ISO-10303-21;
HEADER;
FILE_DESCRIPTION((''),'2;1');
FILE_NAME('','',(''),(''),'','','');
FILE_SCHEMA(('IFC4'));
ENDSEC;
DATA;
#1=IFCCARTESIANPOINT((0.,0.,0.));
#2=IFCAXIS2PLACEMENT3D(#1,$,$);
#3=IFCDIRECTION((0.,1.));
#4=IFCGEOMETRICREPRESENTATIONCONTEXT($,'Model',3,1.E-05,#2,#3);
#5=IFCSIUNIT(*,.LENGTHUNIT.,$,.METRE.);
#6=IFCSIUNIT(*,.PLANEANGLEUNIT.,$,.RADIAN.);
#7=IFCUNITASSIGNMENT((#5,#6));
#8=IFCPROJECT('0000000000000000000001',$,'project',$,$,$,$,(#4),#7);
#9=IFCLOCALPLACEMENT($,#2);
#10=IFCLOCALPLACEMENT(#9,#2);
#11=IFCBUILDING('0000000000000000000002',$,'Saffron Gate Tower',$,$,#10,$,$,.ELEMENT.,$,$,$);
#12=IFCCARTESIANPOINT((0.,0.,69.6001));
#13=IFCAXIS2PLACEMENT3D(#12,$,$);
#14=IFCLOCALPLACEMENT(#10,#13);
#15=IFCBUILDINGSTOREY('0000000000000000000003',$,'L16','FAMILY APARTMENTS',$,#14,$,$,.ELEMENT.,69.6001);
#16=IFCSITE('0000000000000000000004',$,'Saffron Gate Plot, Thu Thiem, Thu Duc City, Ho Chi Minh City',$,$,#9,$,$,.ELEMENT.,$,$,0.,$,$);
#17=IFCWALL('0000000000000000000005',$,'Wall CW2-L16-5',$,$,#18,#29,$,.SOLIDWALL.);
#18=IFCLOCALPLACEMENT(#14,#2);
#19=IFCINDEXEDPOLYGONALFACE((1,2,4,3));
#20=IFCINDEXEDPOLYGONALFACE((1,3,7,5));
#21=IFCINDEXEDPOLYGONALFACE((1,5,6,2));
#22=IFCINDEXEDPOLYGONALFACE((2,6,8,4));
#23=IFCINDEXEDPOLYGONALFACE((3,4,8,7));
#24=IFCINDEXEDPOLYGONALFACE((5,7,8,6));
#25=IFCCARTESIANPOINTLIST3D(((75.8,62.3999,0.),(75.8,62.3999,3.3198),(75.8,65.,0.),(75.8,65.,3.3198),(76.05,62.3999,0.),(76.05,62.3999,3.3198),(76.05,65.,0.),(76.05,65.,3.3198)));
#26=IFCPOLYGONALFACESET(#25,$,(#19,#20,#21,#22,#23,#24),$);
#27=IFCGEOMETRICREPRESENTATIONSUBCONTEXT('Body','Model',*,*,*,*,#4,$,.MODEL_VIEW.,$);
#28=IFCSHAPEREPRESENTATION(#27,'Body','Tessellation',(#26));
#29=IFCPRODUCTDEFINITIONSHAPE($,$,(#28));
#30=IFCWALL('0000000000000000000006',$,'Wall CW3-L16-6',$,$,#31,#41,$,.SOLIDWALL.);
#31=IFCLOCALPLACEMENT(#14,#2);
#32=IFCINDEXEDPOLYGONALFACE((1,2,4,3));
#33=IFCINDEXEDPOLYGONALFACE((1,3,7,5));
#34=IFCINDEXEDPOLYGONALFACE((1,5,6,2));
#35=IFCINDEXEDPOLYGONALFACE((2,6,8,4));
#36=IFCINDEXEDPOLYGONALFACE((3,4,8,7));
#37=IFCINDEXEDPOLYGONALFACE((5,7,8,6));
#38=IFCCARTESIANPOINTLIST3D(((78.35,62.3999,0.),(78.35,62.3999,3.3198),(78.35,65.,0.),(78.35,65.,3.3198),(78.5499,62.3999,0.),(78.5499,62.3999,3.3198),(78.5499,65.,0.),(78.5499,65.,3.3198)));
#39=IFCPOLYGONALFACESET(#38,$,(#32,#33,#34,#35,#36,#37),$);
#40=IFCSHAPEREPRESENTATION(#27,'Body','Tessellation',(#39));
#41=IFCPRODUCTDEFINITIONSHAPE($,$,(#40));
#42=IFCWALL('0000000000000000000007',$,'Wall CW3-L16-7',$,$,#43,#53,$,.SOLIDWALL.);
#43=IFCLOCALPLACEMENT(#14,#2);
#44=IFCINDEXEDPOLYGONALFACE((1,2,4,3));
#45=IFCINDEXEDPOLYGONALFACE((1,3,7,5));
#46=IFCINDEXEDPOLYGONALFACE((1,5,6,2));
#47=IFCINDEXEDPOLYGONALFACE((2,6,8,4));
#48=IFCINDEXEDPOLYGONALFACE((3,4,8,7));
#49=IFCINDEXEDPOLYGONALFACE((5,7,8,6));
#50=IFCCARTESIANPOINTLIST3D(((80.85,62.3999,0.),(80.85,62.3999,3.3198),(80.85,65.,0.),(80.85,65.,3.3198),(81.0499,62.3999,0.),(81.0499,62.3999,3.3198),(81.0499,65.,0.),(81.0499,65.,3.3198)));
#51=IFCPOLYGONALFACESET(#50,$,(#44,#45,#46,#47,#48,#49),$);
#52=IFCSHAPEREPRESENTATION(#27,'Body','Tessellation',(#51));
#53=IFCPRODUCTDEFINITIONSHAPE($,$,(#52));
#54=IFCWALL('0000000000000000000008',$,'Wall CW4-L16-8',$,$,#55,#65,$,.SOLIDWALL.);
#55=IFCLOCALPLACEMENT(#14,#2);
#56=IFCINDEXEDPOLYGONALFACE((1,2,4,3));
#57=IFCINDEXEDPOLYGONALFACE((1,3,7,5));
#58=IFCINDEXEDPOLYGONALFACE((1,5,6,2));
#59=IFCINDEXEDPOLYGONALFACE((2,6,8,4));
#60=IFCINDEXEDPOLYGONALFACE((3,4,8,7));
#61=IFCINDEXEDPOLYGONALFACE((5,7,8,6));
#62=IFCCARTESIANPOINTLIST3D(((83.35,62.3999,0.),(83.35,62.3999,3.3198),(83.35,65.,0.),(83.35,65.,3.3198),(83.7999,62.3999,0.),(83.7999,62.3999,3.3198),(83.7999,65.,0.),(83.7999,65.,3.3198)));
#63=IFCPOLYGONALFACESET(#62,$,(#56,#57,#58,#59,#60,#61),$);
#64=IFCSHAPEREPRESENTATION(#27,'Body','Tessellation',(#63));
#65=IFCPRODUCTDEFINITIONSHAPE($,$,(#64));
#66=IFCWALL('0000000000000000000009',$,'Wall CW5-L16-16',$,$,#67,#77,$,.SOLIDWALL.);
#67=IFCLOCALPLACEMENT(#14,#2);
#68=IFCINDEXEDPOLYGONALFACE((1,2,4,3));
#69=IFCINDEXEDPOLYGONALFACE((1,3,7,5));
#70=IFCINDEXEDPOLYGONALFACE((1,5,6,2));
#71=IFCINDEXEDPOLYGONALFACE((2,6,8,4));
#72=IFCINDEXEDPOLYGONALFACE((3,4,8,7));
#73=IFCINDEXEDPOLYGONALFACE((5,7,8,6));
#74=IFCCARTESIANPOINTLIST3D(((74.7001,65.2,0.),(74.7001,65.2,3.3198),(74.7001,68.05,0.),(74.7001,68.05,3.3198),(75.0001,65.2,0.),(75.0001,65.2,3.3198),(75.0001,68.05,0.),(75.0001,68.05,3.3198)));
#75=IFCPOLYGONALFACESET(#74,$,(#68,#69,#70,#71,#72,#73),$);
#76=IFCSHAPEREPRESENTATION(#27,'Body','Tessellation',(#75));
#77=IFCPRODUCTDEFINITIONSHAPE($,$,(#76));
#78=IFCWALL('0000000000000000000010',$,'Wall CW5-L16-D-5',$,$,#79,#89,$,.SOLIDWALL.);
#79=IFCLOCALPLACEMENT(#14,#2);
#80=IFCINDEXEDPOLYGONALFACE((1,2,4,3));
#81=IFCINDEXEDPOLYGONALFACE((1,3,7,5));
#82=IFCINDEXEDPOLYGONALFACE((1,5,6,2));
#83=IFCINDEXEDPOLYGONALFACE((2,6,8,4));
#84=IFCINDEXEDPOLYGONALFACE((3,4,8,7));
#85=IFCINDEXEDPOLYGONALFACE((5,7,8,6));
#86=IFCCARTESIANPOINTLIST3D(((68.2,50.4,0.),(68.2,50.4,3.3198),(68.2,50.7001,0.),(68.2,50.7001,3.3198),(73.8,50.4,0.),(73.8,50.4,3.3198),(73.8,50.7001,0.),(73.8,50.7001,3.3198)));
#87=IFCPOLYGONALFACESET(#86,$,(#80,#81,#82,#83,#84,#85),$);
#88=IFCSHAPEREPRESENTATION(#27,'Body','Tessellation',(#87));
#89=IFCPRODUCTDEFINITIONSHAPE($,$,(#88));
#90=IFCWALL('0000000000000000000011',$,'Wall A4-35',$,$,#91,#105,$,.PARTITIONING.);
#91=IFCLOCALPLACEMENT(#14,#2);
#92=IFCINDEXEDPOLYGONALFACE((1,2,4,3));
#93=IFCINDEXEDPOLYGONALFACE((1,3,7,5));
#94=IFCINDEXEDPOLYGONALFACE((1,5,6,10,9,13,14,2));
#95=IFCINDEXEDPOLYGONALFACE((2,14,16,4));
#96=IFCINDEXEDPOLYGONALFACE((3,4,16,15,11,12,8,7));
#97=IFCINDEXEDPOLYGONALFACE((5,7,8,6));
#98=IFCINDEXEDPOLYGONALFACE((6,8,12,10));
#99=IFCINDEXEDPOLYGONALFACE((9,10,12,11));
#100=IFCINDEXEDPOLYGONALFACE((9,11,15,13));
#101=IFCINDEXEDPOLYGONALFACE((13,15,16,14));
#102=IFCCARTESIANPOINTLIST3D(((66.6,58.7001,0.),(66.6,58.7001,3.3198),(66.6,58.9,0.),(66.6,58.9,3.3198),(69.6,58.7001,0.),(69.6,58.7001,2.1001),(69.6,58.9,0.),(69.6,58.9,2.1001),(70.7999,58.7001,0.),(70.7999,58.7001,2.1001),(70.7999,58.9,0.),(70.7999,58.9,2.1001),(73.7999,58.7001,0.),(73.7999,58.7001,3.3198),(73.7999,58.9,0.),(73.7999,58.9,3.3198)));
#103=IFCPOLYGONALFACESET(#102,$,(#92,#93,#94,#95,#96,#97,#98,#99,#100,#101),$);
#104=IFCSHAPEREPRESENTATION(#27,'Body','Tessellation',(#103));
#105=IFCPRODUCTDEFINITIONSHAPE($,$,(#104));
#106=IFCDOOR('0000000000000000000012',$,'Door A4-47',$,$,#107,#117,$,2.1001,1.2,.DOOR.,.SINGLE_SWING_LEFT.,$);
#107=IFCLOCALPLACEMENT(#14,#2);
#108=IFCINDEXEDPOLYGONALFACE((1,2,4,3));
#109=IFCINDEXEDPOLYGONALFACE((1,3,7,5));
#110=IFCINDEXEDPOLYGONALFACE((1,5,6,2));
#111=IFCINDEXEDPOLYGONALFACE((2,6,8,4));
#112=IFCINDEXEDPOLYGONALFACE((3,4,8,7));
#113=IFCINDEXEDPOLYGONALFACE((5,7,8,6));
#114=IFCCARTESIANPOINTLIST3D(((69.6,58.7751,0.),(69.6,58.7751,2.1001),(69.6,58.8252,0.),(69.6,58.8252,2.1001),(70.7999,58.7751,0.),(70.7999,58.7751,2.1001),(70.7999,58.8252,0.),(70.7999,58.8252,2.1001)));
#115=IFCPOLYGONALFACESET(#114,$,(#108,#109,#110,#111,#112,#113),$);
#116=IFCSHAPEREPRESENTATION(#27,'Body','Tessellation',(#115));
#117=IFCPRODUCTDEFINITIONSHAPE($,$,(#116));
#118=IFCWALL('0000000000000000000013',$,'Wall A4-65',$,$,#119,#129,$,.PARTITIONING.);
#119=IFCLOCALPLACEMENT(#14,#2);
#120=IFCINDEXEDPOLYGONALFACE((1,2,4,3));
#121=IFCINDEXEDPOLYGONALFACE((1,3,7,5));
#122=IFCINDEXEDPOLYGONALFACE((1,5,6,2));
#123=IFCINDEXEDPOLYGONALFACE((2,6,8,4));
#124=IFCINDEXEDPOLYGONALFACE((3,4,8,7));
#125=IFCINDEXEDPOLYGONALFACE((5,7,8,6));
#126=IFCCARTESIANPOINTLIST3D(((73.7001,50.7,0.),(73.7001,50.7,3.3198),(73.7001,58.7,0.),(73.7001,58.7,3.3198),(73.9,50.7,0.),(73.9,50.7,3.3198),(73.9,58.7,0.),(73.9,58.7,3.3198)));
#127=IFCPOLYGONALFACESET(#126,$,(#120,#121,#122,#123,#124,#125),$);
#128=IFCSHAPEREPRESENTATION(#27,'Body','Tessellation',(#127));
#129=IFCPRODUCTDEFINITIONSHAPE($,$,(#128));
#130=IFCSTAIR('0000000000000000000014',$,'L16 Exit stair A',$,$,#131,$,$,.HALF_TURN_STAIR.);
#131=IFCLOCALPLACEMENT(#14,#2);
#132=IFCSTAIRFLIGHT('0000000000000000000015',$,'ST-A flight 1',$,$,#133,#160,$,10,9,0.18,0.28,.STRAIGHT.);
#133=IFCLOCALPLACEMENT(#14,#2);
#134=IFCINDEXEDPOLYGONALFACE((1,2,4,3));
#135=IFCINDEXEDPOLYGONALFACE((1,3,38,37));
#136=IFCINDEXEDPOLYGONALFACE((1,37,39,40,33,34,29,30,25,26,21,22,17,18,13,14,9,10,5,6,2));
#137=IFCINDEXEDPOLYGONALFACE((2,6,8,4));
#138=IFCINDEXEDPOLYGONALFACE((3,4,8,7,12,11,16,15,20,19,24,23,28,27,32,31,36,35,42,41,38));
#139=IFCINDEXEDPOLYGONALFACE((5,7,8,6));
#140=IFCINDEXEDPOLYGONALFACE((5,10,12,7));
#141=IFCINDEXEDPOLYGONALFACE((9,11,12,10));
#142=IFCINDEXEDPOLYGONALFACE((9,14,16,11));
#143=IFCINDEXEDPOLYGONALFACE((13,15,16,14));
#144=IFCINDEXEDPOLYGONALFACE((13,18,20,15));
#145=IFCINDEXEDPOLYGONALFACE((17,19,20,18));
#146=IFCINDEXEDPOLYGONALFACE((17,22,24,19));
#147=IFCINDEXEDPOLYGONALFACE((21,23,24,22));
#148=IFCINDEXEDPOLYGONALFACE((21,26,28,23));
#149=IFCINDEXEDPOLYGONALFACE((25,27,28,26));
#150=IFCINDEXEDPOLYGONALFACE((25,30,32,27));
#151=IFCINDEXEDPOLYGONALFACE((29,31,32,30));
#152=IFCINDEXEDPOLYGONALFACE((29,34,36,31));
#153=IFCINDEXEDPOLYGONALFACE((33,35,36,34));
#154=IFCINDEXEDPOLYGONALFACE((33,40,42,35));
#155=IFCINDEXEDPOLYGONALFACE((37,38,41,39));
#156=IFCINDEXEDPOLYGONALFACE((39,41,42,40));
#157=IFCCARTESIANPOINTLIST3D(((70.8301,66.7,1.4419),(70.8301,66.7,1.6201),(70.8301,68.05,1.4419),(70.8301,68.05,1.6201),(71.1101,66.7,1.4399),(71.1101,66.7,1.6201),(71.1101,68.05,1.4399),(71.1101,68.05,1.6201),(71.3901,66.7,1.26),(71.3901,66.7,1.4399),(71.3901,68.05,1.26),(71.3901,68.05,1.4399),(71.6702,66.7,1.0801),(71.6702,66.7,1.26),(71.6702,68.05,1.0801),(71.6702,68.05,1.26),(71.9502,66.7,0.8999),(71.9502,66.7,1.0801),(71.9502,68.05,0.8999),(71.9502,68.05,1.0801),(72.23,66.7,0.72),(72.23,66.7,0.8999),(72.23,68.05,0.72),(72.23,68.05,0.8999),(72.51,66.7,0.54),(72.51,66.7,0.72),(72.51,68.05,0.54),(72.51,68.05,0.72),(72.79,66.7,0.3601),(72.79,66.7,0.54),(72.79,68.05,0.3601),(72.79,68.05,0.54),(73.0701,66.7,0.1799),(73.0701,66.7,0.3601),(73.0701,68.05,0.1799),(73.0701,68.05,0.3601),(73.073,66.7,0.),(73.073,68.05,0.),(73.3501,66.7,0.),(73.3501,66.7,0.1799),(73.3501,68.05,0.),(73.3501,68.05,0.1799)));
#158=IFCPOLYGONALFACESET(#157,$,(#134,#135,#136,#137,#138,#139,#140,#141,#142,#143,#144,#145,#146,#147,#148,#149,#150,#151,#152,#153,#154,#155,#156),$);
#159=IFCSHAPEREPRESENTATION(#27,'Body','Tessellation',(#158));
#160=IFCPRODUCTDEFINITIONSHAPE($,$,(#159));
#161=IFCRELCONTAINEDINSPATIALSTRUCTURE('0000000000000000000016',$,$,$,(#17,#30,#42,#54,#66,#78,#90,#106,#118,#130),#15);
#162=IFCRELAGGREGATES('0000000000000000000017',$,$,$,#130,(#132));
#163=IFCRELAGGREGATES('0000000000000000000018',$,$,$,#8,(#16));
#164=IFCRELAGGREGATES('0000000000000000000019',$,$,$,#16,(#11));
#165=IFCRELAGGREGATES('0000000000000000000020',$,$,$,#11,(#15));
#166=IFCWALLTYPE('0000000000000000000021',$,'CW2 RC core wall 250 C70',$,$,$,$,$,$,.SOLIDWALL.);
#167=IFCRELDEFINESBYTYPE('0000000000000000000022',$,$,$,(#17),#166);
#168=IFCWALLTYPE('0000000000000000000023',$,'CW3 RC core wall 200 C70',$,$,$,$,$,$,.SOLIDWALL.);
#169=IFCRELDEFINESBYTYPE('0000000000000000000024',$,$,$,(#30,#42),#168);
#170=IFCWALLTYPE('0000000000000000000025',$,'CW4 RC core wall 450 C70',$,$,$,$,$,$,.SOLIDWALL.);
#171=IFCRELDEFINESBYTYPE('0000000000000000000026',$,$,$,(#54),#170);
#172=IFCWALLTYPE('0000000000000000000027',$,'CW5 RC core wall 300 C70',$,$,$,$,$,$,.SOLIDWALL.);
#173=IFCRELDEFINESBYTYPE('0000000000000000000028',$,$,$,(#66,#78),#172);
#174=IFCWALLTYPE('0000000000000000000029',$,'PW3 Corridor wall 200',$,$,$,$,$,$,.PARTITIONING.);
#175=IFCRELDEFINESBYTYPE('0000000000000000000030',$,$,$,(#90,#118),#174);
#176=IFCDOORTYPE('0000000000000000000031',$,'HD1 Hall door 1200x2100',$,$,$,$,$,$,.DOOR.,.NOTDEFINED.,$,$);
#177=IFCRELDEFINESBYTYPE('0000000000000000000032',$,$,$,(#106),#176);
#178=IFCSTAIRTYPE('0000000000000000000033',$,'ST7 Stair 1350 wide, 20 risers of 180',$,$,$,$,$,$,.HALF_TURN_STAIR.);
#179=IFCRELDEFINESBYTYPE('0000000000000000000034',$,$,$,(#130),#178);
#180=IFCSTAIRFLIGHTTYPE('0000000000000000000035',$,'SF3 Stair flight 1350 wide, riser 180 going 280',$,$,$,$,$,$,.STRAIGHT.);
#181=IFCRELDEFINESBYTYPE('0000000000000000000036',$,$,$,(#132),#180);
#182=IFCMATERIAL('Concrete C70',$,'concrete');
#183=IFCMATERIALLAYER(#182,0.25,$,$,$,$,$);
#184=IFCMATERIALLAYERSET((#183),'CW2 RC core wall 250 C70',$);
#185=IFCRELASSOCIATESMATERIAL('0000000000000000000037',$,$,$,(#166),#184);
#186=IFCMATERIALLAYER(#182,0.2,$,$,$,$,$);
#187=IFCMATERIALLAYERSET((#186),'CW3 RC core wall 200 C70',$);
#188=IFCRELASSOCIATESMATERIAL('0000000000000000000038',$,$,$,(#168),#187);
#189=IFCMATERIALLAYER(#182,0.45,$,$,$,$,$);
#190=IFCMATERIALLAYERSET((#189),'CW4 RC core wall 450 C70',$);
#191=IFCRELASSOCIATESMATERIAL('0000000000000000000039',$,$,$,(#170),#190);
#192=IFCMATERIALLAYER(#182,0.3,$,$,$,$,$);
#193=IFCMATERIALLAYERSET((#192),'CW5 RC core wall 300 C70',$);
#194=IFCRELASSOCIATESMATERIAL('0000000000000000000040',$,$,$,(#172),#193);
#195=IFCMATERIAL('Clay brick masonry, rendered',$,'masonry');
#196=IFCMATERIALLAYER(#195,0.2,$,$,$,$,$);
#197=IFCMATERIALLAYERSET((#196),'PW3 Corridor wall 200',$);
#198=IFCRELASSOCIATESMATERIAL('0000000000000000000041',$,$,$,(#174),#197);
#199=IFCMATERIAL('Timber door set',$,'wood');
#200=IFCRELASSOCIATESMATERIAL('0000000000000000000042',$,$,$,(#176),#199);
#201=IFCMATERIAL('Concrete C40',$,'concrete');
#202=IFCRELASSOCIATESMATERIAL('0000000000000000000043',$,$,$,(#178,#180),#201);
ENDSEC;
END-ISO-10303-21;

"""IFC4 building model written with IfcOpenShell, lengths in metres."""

from ifc_helpers import new_model, si_unit, direction, frame, frame_2d, origin, place, context, subcontext, project, spatial, polyline, rectangle, outline, extrude, material, layer, layer_set, type_object, element, fill, aggregate, save


model = new_model("IFC4")

# Units and contexts
model_context = context("Model", 3, precision=1e-05, world=origin(), true_north=direction((0.0, 1.0)))
body_context = subcontext(model_context, "Body", "Model", "MODEL_VIEW")
ifc_project = project(units=[si_unit("LENGTHUNIT", "METRE"), si_unit("PLANEANGLEUNIT", "RADIAN")], contexts=[model_context])

# Site, building, storey
site_placement = place(None, origin())
site = spatial("IfcSite", under=ifc_project, at=site_placement, Name="Saffron Gate Plot, Thu Thiem, Thu Duc City, Ho Chi Minh City", CompositionType="ELEMENT", RefElevation=0.0)
building_placement = place(site_placement, origin())
building = spatial("IfcBuilding", under=site, at=building_placement, Name="Saffron Gate Tower", CompositionType="ELEMENT")
storey_placement = place(building_placement, frame((0.0, 0.0, 69.6001)))
storey = spatial("IfcBuildingStorey", under=building, at=storey_placement, Name="L16", Description="FAMILY APARTMENTS", CompositionType="ELEMENT", Elevation=69.6001)

# Walls
ifc_material_1 = material(Name="Concrete C70", Category="concrete")
ifc_layer_1 = layer(ifc_material_1, 0.25)
ifc_layer_set_1 = layer_set([ifc_layer_1], Name="CW2 RC core wall 250 C70")
wall_type_1 = type_object("IfcWallType", Name="CW2 RC core wall 250 C70", PredefinedType="SOLIDWALL", material=ifc_layer_set_1)
wall_1_placement = place(storey_placement, frame((75.925, 62.3999, 0.0), z_axis=(0.0, 0.0, 1.0), x_axis=(0.0, 1.0, 0.0)))
element("IfcWall", 1, at=wall_1_placement, inside=storey, type_object=wall_type_1, Name="Wall CW2-L16-5", PredefinedType="SOLIDWALL", context=body_context, shape_type="SweptSolid", body=[
    extrude(rectangle(XDim=2.6001, YDim=0.25, at=frame_2d((1.3, 0.0))), origin(), (0.0, 0.0, 1.0), 3.3198),
])
ifc_layer_2 = layer(ifc_material_1, 0.2)
ifc_layer_set_2 = layer_set([ifc_layer_2], Name="CW3 RC core wall 200 C70")
wall_type_2 = type_object("IfcWallType", Name="CW3 RC core wall 200 C70", PredefinedType="SOLIDWALL", material=ifc_layer_set_2)
for number, where, z_axis, x_axis, name in (
    (2, (78.45, 62.3999, 0.0), (0.0, 0.0, 1.0), (0.0, 1.0, 0.0), "Wall CW3-L16-6"),
    (3, (80.95, 62.3999, 0.0), (0.0, 0.0, 1.0), (0.0, 1.0, 0.0), "Wall CW3-L16-7"),
):
    element("IfcWall", number, at=place(storey_placement, frame(where, z_axis=z_axis, x_axis=x_axis)), inside=storey, type_object=wall_type_2, Name=name, PredefinedType="SOLIDWALL", context=body_context, shape_type="SweptSolid", body=[
        extrude(rectangle(XDim=2.6001, YDim=0.2, at=frame_2d((1.3, 0.0))), origin(), (0.0, 0.0, 1.0), 3.3198),
    ])
ifc_layer_3 = layer(ifc_material_1, 0.45)
ifc_layer_set_3 = layer_set([ifc_layer_3], Name="CW4 RC core wall 450 C70")
wall_type_3 = type_object("IfcWallType", Name="CW4 RC core wall 450 C70", PredefinedType="SOLIDWALL", material=ifc_layer_set_3)
wall_2_placement = place(storey_placement, frame((83.575, 62.3999, 0.0), z_axis=(0.0, 0.0, 1.0), x_axis=(0.0, 1.0, 0.0)))
element("IfcWall", 4, at=wall_2_placement, inside=storey, type_object=wall_type_3, Name="Wall CW4-L16-8", PredefinedType="SOLIDWALL", context=body_context, shape_type="SweptSolid", body=[
    extrude(rectangle(XDim=2.6001, YDim=0.45, at=frame_2d((1.3, 0.0))), origin(), (0.0, 0.0, 1.0), 3.3198),
])
ifc_layer_4 = layer(ifc_material_1, 0.3)
ifc_layer_set_4 = layer_set([ifc_layer_4], Name="CW5 RC core wall 300 C70")
wall_type_4 = type_object("IfcWallType", Name="CW5 RC core wall 300 C70", PredefinedType="SOLIDWALL", material=ifc_layer_set_4)
wall_3_placement = place(storey_placement, frame((74.8501, 65.2, 0.0), z_axis=(0.0, 0.0, 1.0), x_axis=(0.0, 1.0, 0.0)))
element("IfcWall", 5, at=wall_3_placement, inside=storey, type_object=wall_type_4, Name="Wall CW5-L16-16", PredefinedType="SOLIDWALL", context=body_context, shape_type="SweptSolid", body=[
    extrude(rectangle(XDim=2.8501, YDim=0.3, at=frame_2d((1.425, 0.0))), origin(), (0.0, 0.0, 1.0), 3.3198),
])
wall_4_placement = place(storey_placement, frame((68.2, 50.55, 0.0), z_axis=(0.0, 0.0, 1.0), x_axis=(1.0, 0.0, 0.0)))
element("IfcWall", 6, at=wall_4_placement, inside=storey, type_object=wall_type_4, Name="Wall CW5-L16-D-5", PredefinedType="SOLIDWALL", context=body_context, shape_type="SweptSolid", body=[
    extrude(rectangle(XDim=5.6001, YDim=0.3, at=frame_2d((2.8, 0.0))), origin(), (0.0, 0.0, 1.0), 3.3198),
])

# Wall, opening, door
ifc_material_2 = material(Name="Clay brick masonry, rendered", Category="masonry")
ifc_layer_5 = layer(ifc_material_2, 0.2)
ifc_layer_set_5 = layer_set([ifc_layer_5], Name="PW3 Corridor wall 200")
wall_type_5 = type_object("IfcWallType", Name="PW3 Corridor wall 200", PredefinedType="PARTITIONING", material=ifc_layer_set_5)
wall_5_placement = place(storey_placement, frame((73.8, 58.8, 0.0), z_axis=(0.0, 0.0, 1.0), x_axis=(-1.0, 0.0, 0.0)))
wall_5 = element("IfcWall", 7, at=wall_5_placement, inside=storey, type_object=wall_type_5, Name="Wall A4-35", PredefinedType="PARTITIONING", context=body_context, shape_type="SweptSolid", body=[
    extrude(rectangle(XDim=7.2, YDim=0.2, at=frame_2d((3.6001, 0.0))), origin(), (0.0, 0.0, 1.0), 3.3198),
])
opening_placement = place(wall_5_placement, frame((3.0, 0.0, 0.0)))
opening = element("IfcOpeningElement", 8, at=opening_placement, cuts=wall_5, PredefinedType="OPENING", context=body_context, shape_type="SweptSolid", body=[
    extrude(rectangle(XDim=1.2, YDim=2.1001, at=frame_2d((0.6001, 1.05))), frame((0.0, 0.1099, 0.0), z_axis=(0.0, -1.0, 0.0), x_axis=(1.0, 0.0, 0.0)), (0.0, 0.0, 1.0), 0.22),
])
ifc_material_3 = material(Name="Timber door set", Category="wood")
door_type = type_object("IfcDoorType", Name="HD1 Hall door 1200x2100", OperationType="NOTDEFINED", PredefinedType="DOOR", material=ifc_material_3)
door_placement = place(opening_placement, origin())
door = element("IfcDoor", 9, at=door_placement, inside=storey, type_object=door_type, Name="Door A4-47", OperationType="SINGLE_SWING_LEFT", OverallHeight=2.1001, OverallWidth=1.2, PredefinedType="DOOR", context=body_context, shape_type="SweptSolid", body=[
    extrude(rectangle(XDim=1.2, YDim=2.1001, at=frame_2d((0.6001, 1.05))), frame((0.0, 0.0249, 0.0), z_axis=(0.0, -1.0, 0.0), x_axis=(1.0, 0.0, 0.0)), (0.0, 0.0, 1.0), 0.05),
])
fill(opening, door)

# Wall
wall_6_placement = place(storey_placement, frame((73.8, 58.7, 0.0), z_axis=(0.0, 0.0, 1.0), x_axis=(0.0, -1.0, 0.0)))
element("IfcWall", 10, at=wall_6_placement, inside=storey, type_object=wall_type_5, Name="Wall A4-65", PredefinedType="PARTITIONING", context=body_context, shape_type="SweptSolid", body=[
    extrude(rectangle(XDim=8.0, YDim=0.2, at=frame_2d((4.0, 0.0))), origin(), (0.0, 0.0, 1.0), 3.3198),
])

# Stair, stair flight
ifc_material_4 = material(Name="Concrete C40", Category="concrete")
stair_type = type_object("IfcStairType", Name="ST7 Stair 1350 wide, 20 risers of 180", PredefinedType="HALF_TURN_STAIR", material=ifc_material_4)
stair_placement = place(storey_placement, origin())
stair = element("IfcStair", 11, at=stair_placement, inside=storey, type_object=stair_type, Name="L16 Exit stair A", PredefinedType="HALF_TURN_STAIR")
stair_flight_type = type_object("IfcStairFlightType", Name="SF3 Stair flight 1350 wide, riser 180 going 280", PredefinedType="STRAIGHT", material=ifc_material_4)
stair_flight_1_placement = place(storey_placement, frame((73.3501, 67.375, 0.0), z_axis=(0.0, 0.0, 1.0), x_axis=(-1.0, 0.0, 0.0)))
stair_flight_1 = element("IfcStairFlight", 12, at=stair_flight_1_placement, type_object=stair_flight_type, Name="ST-A flight 1", NumberOfRisers=10, NumberOfTreads=9, PredefinedType="STRAIGHT", RiserHeight=0.18, TreadLength=0.28, context=body_context, shape_type="SweptSolid", body=[
    extrude(outline(polyline([(0.0, 0.0), (0.0, 0.1799), (0.28, 0.1799), (0.28, 0.3601), (0.5601, 0.3601), (0.5601, 0.54), (0.8401, 0.54), (0.8401, 0.72), (1.1201, 0.72), (1.1201, 0.8999), (1.3999, 0.8999), (1.3999, 1.0801), (1.6799, 1.0801), (1.6799, 1.26), (1.96, 1.26), (1.96, 1.4399), (2.24, 1.4399), (2.24, 1.6201), (2.52, 1.6201), (2.52, 1.8), (2.52, 1.4419), (0.2771, 0.0), (0.0, 0.0)])), frame((0.0, 0.675, 0.0), z_axis=(0.0, -1.0, 0.0), x_axis=(1.0, 0.0, 0.0)), (0.0, 0.0, 1.0), 1.3501),
])
aggregate(stair, [stair_flight_1])

save(model, "model.ifc")
